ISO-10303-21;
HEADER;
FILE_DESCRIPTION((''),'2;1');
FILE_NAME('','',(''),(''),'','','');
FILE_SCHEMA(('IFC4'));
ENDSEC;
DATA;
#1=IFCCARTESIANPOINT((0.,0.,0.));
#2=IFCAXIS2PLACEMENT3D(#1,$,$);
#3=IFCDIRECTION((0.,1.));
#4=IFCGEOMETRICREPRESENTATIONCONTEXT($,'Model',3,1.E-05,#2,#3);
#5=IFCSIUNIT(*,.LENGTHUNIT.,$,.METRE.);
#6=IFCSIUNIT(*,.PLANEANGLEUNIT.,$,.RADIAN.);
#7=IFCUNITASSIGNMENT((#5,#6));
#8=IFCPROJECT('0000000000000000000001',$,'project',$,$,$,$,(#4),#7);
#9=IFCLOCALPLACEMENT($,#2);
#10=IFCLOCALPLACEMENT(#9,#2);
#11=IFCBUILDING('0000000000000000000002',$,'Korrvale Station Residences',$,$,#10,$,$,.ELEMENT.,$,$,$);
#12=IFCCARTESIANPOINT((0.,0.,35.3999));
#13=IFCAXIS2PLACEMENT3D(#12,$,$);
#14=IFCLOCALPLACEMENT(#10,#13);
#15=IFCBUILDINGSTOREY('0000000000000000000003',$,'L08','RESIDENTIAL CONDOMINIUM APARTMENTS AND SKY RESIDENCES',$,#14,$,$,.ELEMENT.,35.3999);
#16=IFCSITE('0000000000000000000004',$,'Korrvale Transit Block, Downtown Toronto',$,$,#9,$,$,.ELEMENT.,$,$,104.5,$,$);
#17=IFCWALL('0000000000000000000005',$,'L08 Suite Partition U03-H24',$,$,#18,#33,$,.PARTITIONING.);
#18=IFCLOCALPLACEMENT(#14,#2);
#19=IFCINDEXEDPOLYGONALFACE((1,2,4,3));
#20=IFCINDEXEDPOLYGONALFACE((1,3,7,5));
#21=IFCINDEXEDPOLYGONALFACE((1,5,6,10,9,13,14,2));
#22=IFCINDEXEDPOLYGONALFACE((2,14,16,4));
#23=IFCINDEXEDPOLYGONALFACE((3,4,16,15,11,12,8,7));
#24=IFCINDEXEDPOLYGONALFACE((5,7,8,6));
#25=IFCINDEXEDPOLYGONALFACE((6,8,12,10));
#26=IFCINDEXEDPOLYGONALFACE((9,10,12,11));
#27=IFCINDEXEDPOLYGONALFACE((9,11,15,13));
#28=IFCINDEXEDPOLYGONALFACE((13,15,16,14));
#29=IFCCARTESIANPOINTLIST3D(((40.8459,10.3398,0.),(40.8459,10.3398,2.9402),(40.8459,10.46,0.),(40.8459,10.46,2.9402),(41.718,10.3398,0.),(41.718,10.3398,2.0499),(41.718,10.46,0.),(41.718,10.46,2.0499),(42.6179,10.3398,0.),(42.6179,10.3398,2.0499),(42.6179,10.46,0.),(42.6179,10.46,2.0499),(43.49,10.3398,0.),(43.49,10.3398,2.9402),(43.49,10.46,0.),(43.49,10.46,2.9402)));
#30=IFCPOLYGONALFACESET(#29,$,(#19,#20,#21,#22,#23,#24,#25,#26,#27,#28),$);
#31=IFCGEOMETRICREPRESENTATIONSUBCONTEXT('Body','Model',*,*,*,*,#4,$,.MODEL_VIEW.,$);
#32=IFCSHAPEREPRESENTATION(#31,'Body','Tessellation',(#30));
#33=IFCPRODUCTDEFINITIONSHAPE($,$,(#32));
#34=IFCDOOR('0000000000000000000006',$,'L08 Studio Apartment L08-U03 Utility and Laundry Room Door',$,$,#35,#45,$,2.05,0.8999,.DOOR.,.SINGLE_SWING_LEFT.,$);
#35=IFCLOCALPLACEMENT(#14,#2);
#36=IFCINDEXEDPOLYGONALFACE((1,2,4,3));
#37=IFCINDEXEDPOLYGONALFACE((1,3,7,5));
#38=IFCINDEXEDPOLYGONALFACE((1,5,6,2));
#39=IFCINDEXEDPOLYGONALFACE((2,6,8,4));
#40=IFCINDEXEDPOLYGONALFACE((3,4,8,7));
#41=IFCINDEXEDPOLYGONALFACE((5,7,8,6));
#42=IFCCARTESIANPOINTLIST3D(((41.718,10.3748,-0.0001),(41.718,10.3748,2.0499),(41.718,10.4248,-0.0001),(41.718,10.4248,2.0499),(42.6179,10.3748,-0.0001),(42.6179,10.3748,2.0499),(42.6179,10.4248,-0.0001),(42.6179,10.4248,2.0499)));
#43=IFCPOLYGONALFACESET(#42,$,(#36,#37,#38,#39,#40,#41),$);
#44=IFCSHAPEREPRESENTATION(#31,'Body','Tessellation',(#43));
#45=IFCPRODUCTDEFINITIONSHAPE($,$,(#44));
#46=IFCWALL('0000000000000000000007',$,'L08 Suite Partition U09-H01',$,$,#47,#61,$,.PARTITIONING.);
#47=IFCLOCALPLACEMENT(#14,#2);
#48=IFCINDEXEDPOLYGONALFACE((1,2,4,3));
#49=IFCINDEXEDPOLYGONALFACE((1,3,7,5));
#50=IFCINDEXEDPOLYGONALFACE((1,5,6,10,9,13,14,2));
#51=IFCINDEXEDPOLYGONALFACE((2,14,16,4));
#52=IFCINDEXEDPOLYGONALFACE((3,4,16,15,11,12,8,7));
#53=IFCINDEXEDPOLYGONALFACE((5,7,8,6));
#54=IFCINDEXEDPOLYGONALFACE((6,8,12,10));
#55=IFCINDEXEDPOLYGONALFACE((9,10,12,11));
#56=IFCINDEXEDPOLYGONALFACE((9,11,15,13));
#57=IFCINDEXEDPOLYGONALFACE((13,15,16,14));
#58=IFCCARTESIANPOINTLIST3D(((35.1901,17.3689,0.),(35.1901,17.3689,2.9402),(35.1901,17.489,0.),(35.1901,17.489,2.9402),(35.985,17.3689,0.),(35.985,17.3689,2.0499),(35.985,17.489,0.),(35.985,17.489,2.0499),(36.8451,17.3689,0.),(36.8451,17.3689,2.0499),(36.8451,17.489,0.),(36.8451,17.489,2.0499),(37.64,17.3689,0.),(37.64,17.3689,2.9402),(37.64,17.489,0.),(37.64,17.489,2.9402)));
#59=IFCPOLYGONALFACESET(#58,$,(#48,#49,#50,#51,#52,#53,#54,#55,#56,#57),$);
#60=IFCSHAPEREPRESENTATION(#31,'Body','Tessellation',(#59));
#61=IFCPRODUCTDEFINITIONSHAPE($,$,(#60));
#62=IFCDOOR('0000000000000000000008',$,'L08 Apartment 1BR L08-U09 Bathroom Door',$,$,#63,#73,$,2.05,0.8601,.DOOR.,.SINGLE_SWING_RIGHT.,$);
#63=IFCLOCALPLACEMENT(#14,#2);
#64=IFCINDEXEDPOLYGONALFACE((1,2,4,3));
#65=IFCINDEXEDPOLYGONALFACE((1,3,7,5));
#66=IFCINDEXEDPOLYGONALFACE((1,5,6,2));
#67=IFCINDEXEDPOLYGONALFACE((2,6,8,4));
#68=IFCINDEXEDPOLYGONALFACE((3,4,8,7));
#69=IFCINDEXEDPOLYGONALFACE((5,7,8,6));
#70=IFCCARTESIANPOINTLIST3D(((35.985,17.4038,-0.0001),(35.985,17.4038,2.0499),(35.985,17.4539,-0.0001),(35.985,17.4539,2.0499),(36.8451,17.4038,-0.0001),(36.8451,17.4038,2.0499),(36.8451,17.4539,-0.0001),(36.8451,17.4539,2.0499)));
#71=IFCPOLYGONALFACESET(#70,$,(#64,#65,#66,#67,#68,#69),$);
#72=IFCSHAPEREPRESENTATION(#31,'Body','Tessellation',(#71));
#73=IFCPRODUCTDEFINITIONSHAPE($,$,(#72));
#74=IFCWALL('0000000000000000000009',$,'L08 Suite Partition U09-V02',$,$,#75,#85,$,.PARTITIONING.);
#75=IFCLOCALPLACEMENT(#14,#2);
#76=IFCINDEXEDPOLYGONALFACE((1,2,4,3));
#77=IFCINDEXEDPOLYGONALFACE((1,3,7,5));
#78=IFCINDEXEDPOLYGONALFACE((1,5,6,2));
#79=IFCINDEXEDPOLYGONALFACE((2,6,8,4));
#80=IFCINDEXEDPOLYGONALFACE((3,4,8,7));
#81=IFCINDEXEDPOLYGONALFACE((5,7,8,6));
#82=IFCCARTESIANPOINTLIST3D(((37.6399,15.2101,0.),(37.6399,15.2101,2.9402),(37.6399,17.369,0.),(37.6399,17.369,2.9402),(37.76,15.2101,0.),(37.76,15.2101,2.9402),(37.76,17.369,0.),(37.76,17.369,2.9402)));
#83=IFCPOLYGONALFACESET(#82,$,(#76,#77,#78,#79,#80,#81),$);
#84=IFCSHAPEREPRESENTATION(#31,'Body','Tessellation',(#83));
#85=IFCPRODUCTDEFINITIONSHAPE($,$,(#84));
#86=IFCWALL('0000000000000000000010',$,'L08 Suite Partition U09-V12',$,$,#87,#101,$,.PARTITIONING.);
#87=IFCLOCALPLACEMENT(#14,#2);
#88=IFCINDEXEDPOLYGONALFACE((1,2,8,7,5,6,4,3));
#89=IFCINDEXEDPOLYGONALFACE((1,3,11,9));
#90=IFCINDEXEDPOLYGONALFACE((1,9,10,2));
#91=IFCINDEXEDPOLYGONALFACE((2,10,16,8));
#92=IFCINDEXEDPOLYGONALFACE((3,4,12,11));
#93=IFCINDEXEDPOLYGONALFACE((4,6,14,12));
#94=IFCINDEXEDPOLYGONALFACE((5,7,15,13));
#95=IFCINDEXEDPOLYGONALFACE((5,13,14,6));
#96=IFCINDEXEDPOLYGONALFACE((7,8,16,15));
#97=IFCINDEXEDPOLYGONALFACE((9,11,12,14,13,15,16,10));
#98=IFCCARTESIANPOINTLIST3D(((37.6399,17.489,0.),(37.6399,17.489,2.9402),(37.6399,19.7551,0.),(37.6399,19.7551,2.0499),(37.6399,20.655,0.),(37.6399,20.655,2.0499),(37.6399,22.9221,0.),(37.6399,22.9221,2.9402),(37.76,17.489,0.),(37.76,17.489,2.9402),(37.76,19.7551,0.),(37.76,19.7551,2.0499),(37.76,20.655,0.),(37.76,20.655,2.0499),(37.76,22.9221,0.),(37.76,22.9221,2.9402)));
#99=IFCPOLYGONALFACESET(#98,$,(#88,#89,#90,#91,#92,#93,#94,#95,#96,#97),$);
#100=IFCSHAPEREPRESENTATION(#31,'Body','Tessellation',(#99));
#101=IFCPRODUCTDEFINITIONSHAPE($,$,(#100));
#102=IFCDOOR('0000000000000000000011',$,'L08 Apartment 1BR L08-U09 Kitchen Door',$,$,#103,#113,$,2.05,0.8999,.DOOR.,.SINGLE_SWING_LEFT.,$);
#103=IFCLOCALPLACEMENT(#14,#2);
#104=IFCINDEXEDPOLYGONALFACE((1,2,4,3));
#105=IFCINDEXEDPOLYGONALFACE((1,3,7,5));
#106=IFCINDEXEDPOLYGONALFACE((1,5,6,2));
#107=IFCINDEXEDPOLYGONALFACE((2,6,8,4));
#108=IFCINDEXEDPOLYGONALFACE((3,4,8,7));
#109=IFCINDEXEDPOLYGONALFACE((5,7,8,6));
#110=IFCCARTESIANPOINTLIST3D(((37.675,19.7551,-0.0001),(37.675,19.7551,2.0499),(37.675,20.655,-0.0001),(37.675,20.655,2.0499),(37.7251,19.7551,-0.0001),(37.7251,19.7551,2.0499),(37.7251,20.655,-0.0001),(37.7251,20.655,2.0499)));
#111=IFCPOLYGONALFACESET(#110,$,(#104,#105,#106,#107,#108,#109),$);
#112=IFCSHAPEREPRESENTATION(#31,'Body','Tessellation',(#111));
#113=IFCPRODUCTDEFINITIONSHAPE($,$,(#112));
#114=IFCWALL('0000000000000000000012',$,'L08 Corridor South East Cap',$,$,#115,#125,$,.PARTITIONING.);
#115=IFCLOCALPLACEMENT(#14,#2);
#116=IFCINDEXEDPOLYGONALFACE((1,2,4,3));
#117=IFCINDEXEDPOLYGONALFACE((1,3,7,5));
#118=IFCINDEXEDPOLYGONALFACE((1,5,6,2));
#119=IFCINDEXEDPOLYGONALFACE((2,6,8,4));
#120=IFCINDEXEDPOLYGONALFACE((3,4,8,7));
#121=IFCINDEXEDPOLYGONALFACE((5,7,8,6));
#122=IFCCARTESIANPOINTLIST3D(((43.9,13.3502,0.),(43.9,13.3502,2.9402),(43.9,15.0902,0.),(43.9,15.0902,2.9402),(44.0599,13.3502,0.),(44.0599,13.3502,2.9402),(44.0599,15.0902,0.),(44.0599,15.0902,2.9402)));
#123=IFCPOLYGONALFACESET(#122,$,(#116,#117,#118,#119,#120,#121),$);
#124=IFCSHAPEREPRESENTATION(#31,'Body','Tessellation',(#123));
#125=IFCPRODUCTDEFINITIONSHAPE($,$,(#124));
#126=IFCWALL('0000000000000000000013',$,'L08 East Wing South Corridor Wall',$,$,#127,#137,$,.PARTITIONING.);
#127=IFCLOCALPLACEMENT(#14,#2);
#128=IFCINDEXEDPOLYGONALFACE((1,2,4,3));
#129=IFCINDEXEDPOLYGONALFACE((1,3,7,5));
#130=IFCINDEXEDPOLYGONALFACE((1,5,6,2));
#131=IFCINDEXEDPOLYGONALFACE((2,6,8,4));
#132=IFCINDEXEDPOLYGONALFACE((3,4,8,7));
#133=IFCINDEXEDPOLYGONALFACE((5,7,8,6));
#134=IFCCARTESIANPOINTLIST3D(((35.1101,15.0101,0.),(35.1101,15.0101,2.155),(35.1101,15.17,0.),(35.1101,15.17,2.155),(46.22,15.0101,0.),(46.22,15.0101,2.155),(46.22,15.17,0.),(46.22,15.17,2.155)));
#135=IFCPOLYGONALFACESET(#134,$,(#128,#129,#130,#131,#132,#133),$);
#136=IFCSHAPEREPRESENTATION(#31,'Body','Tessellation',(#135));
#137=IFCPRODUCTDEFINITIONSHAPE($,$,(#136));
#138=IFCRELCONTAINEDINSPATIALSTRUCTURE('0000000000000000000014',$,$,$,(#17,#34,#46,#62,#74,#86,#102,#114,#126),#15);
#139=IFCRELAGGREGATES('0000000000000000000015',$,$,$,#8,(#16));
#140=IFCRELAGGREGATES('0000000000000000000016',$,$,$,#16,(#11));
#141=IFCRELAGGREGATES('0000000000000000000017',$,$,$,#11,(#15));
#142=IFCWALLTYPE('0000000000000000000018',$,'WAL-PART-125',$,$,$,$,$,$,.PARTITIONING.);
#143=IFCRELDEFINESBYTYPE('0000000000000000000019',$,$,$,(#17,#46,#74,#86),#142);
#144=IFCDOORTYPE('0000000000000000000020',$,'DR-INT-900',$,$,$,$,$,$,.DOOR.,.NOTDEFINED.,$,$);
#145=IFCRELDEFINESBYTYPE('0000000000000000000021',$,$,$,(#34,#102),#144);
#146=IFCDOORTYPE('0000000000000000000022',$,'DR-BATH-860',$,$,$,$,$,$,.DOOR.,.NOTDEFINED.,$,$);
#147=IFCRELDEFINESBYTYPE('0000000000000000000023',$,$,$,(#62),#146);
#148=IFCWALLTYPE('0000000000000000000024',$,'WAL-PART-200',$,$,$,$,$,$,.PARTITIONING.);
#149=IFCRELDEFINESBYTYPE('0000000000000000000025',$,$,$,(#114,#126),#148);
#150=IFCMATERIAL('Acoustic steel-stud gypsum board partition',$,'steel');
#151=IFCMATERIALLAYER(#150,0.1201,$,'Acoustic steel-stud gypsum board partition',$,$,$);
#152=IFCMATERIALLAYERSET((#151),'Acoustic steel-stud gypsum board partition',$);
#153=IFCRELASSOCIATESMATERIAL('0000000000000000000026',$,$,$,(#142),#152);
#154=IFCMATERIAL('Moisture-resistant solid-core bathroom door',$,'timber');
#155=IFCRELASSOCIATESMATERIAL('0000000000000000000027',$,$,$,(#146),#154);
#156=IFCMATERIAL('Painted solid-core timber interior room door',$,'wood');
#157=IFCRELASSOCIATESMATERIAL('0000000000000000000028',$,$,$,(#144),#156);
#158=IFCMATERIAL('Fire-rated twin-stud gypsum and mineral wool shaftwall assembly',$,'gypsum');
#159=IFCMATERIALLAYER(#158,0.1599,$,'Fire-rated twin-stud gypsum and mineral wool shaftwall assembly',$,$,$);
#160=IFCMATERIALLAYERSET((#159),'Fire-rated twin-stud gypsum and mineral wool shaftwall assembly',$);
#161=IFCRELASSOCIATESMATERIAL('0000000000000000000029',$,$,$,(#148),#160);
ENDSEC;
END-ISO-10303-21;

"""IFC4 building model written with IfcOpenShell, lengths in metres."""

from ifc_helpers import new_model, si_unit, direction, frame, frame_2d, origin, place, context, subcontext, project, spatial, rectangle, extrude, material, layer, layer_set, type_object, element, fill, save


model = new_model("IFC4")

# Units and contexts
model_context = context("Model", 3, precision=1e-05, world=origin(), true_north=direction((0.0, 1.0)))
body_context = subcontext(model_context, "Body", "Model", "MODEL_VIEW")
ifc_project = project(units=[si_unit("LENGTHUNIT", "METRE"), si_unit("PLANEANGLEUNIT", "RADIAN")], contexts=[model_context])

# Site, building, storey
site_placement = place(None, origin())
site = spatial("IfcSite", under=ifc_project, at=site_placement, Name="Korrvale Transit Block, Downtown Toronto", CompositionType="ELEMENT", RefElevation=104.5)
building_placement = place(site_placement, origin())
building = spatial("IfcBuilding", under=site, at=building_placement, Name="Korrvale Station Residences", CompositionType="ELEMENT")
storey_placement = place(building_placement, frame((0.0, 0.0, 35.3999)))
storey = spatial("IfcBuildingStorey", under=building, at=storey_placement, Name="L08", Description="RESIDENTIAL CONDOMINIUM APARTMENTS AND SKY RESIDENCES", CompositionType="ELEMENT", Elevation=35.3999)

# Shared definitions
ifc_material_1 = material(Name="Acoustic steel-stud gypsum board partition", Category="steel")
ifc_layer_1 = layer(ifc_material_1, 0.1201, Name="Acoustic steel-stud gypsum board partition")
ifc_layer_set_1 = layer_set([ifc_layer_1], Name="Acoustic steel-stud gypsum board partition")
wall_type_1 = type_object("IfcWallType", Name="WAL-PART-125", PredefinedType="PARTITIONING", material=ifc_layer_set_1)
ifc_material_2 = material(Name="Moisture-resistant solid-core bathroom door", Category="timber")
door_type_1 = type_object("IfcDoorType", Name="DR-BATH-860", OperationType="NOTDEFINED", PredefinedType="DOOR", material=ifc_material_2)
ifc_material_3 = material(Name="Painted solid-core timber interior room door", Category="wood")
door_type_2 = type_object("IfcDoorType", Name="DR-INT-900", OperationType="NOTDEFINED", PredefinedType="DOOR", material=ifc_material_3)

# Walls, openings, doors
wall_1_placement = place(storey_placement, frame((40.8459, 10.3999, 0.0), z_axis=(0.0, 0.0, 1.0), x_axis=(1.0, 0.0, 0.0)))
wall_1 = element("IfcWall", 1, at=wall_1_placement, inside=storey, type_object=wall_type_1, Name="L08 Suite Partition U03-H24", PredefinedType="PARTITIONING", context=body_context, shape_type="SweptSolid", body=[
    extrude(rectangle(XDim=2.644, YDim=0.1201, at=frame_2d((1.322, 0.0))), origin(), (0.0, 0.0, 1.0), 2.9402),
])
opening_1_placement = place(wall_1_placement, frame((0.8721, 0.0, 0.0)))
opening_1 = element("IfcOpeningElement", 2, at=opening_1_placement, cuts=wall_1, PredefinedType="OPENING", context=body_context, shape_type="SweptSolid", body=[
    extrude(rectangle(XDim=0.8999, YDim=2.05, at=frame_2d((0.45, 1.0249))), frame((0.0, 0.0701, 0.0), z_axis=(0.0, -1.0, 0.0), x_axis=(1.0, 0.0, 0.0)), (0.0, 0.0, 1.0), 0.1401),
])
door_1_placement = place(opening_1_placement, origin())
door_1 = element("IfcDoor", 3, at=door_1_placement, inside=storey, type_object=door_type_2, Name="L08 Studio Apartment L08-U03 Utility and Laundry Room Door", OperationType="SINGLE_SWING_LEFT", OverallHeight=2.05, OverallWidth=0.8999, PredefinedType="DOOR", context=body_context, shape_type="SweptSolid", body=[
    extrude(rectangle(XDim=0.8999, YDim=2.05, at=frame_2d((0.45, 1.0249))), frame((0.0, 0.0249, 0.0), z_axis=(0.0, -1.0, 0.0), x_axis=(1.0, 0.0, 0.0)), (0.0, 0.0, 1.0), 0.05),
])
fill(opening_1, door_1)
wall_2_placement = place(storey_placement, frame((35.1899, 17.429, 0.0), z_axis=(0.0, 0.0, 1.0), x_axis=(1.0, 0.0, 0.0)))
wall_2 = element("IfcWall", 4, at=wall_2_placement, inside=storey, type_object=wall_type_1, Name="L08 Suite Partition U09-H01", PredefinedType="PARTITIONING", context=body_context, shape_type="SweptSolid", body=[
    extrude(rectangle(XDim=2.45, YDim=0.1201, at=frame_2d((1.2251, 0.0))), origin(), (0.0, 0.0, 1.0), 2.9402),
])
opening_2_placement = place(wall_2_placement, frame((0.7949, 0.0, 0.0)))
opening_2 = element("IfcOpeningElement", 5, at=opening_2_placement, cuts=wall_2, PredefinedType="OPENING", context=body_context, shape_type="SweptSolid", body=[
    extrude(rectangle(XDim=0.8601, YDim=2.05, at=frame_2d((0.4302, 1.0249))), frame((0.0, 0.0701, 0.0), z_axis=(0.0, -1.0, 0.0), x_axis=(1.0, 0.0, 0.0)), (0.0, 0.0, 1.0), 0.1401),
])
door_2_placement = place(opening_2_placement, origin())
door_2 = element("IfcDoor", 6, at=door_2_placement, inside=storey, type_object=door_type_1, Name="L08 Apartment 1BR L08-U09 Bathroom Door", OperationType="SINGLE_SWING_RIGHT", OverallHeight=2.05, OverallWidth=0.8601, PredefinedType="DOOR", context=body_context, shape_type="SweptSolid", body=[
    extrude(rectangle(XDim=0.8601, YDim=2.05, at=frame_2d((0.4302, 1.0249))), frame((0.0, 0.0249, 0.0), z_axis=(0.0, -1.0, 0.0), x_axis=(1.0, 0.0, 0.0)), (0.0, 0.0, 1.0), 0.05),
])
fill(opening_2, door_2)

# Wall
wall_3_placement = place(storey_placement, frame((37.7, 15.21, 0.0), z_axis=(0.0, 0.0, 1.0), x_axis=(0.0, 1.0, 0.0)))
element("IfcWall", 7, at=wall_3_placement, inside=storey, type_object=wall_type_1, Name="L08 Suite Partition U09-V02", PredefinedType="PARTITIONING", context=body_context, shape_type="SweptSolid", body=[
    extrude(rectangle(XDim=2.1589, YDim=0.1201, at=frame_2d((1.0796, 0.0))), origin(), (0.0, 0.0, 1.0), 2.9402),
])

# Wall, opening, door
wall_4_placement = place(storey_placement, frame((37.7, 17.489, 0.0), z_axis=(0.0, 0.0, 1.0), x_axis=(0.0, 1.0, 0.0)))
wall_4 = element("IfcWall", 8, at=wall_4_placement, inside=storey, type_object=wall_type_1, Name="L08 Suite Partition U09-V12", PredefinedType="PARTITIONING", context=body_context, shape_type="SweptSolid", body=[
    extrude(rectangle(XDim=5.4331, YDim=0.1201, at=frame_2d((2.7166, 0.0))), origin(), (0.0, 0.0, 1.0), 2.9402),
])
opening_3_placement = place(wall_4_placement, frame((2.2661, 0.0, 0.0)))
opening_3 = element("IfcOpeningElement", 9, at=opening_3_placement, cuts=wall_4, PredefinedType="OPENING", context=body_context, shape_type="SweptSolid", body=[
    extrude(rectangle(XDim=0.8999, YDim=2.05, at=frame_2d((0.45, 1.0249))), frame((0.0, 0.0701, 0.0), z_axis=(0.0, -1.0, 0.0), x_axis=(1.0, 0.0, 0.0)), (0.0, 0.0, 1.0), 0.1401),
])
door_3_placement = place(opening_3_placement, origin())
door_3 = element("IfcDoor", 10, at=door_3_placement, inside=storey, type_object=door_type_2, Name="L08 Apartment 1BR L08-U09 Kitchen Door", OperationType="SINGLE_SWING_LEFT", OverallHeight=2.05, OverallWidth=0.8999, PredefinedType="DOOR", context=body_context, shape_type="SweptSolid", body=[
    extrude(rectangle(XDim=0.8999, YDim=2.05, at=frame_2d((0.45, 1.0249))), frame((0.0, 0.0249, 0.0), z_axis=(0.0, -1.0, 0.0), x_axis=(1.0, 0.0, 0.0)), (0.0, 0.0, 1.0), 0.05),
])
fill(opening_3, door_3)

# Walls
ifc_material_4 = material(Name="Fire-rated twin-stud gypsum and mineral wool shaftwall assembly", Category="gypsum")
ifc_layer_2 = layer(ifc_material_4, 0.1599, Name="Fire-rated twin-stud gypsum and mineral wool shaftwall assembly")
ifc_layer_set_2 = layer_set([ifc_layer_2], Name="Fire-rated twin-stud gypsum and mineral wool shaftwall assembly")
wall_type_2 = type_object("IfcWallType", Name="WAL-PART-200", PredefinedType="PARTITIONING", material=ifc_layer_set_2)
wall_5_placement = place(storey_placement, frame((43.98, 13.3501, 0.0), z_axis=(0.0, 0.0, 1.0), x_axis=(0.0, 1.0, 0.0)))
element("IfcWall", 11, at=wall_5_placement, inside=storey, type_object=wall_type_2, Name="L08 Corridor South East Cap", PredefinedType="PARTITIONING", context=body_context, shape_type="SweptSolid", body=[
    extrude(rectangle(XDim=1.74, YDim=0.1599, at=frame_2d((0.8701, 0.0))), origin(), (0.0, 0.0, 1.0), 2.9402),
])
wall_6_placement = place(storey_placement, frame((35.1101, 15.0901, 0.0), z_axis=(0.0, 0.0, 1.0), x_axis=(1.0, 0.0, 0.0)))
element("IfcWall", 12, at=wall_6_placement, inside=storey, type_object=wall_type_2, Name="L08 East Wing South Corridor Wall", PredefinedType="PARTITIONING", context=body_context, shape_type="SweptSolid", body=[
    extrude(rectangle(XDim=11.1099, YDim=0.1599, at=frame_2d((5.5549, 0.0))), origin(), (0.0, 0.0, 1.0), 2.155),
])

save(model, "model.ifc")
